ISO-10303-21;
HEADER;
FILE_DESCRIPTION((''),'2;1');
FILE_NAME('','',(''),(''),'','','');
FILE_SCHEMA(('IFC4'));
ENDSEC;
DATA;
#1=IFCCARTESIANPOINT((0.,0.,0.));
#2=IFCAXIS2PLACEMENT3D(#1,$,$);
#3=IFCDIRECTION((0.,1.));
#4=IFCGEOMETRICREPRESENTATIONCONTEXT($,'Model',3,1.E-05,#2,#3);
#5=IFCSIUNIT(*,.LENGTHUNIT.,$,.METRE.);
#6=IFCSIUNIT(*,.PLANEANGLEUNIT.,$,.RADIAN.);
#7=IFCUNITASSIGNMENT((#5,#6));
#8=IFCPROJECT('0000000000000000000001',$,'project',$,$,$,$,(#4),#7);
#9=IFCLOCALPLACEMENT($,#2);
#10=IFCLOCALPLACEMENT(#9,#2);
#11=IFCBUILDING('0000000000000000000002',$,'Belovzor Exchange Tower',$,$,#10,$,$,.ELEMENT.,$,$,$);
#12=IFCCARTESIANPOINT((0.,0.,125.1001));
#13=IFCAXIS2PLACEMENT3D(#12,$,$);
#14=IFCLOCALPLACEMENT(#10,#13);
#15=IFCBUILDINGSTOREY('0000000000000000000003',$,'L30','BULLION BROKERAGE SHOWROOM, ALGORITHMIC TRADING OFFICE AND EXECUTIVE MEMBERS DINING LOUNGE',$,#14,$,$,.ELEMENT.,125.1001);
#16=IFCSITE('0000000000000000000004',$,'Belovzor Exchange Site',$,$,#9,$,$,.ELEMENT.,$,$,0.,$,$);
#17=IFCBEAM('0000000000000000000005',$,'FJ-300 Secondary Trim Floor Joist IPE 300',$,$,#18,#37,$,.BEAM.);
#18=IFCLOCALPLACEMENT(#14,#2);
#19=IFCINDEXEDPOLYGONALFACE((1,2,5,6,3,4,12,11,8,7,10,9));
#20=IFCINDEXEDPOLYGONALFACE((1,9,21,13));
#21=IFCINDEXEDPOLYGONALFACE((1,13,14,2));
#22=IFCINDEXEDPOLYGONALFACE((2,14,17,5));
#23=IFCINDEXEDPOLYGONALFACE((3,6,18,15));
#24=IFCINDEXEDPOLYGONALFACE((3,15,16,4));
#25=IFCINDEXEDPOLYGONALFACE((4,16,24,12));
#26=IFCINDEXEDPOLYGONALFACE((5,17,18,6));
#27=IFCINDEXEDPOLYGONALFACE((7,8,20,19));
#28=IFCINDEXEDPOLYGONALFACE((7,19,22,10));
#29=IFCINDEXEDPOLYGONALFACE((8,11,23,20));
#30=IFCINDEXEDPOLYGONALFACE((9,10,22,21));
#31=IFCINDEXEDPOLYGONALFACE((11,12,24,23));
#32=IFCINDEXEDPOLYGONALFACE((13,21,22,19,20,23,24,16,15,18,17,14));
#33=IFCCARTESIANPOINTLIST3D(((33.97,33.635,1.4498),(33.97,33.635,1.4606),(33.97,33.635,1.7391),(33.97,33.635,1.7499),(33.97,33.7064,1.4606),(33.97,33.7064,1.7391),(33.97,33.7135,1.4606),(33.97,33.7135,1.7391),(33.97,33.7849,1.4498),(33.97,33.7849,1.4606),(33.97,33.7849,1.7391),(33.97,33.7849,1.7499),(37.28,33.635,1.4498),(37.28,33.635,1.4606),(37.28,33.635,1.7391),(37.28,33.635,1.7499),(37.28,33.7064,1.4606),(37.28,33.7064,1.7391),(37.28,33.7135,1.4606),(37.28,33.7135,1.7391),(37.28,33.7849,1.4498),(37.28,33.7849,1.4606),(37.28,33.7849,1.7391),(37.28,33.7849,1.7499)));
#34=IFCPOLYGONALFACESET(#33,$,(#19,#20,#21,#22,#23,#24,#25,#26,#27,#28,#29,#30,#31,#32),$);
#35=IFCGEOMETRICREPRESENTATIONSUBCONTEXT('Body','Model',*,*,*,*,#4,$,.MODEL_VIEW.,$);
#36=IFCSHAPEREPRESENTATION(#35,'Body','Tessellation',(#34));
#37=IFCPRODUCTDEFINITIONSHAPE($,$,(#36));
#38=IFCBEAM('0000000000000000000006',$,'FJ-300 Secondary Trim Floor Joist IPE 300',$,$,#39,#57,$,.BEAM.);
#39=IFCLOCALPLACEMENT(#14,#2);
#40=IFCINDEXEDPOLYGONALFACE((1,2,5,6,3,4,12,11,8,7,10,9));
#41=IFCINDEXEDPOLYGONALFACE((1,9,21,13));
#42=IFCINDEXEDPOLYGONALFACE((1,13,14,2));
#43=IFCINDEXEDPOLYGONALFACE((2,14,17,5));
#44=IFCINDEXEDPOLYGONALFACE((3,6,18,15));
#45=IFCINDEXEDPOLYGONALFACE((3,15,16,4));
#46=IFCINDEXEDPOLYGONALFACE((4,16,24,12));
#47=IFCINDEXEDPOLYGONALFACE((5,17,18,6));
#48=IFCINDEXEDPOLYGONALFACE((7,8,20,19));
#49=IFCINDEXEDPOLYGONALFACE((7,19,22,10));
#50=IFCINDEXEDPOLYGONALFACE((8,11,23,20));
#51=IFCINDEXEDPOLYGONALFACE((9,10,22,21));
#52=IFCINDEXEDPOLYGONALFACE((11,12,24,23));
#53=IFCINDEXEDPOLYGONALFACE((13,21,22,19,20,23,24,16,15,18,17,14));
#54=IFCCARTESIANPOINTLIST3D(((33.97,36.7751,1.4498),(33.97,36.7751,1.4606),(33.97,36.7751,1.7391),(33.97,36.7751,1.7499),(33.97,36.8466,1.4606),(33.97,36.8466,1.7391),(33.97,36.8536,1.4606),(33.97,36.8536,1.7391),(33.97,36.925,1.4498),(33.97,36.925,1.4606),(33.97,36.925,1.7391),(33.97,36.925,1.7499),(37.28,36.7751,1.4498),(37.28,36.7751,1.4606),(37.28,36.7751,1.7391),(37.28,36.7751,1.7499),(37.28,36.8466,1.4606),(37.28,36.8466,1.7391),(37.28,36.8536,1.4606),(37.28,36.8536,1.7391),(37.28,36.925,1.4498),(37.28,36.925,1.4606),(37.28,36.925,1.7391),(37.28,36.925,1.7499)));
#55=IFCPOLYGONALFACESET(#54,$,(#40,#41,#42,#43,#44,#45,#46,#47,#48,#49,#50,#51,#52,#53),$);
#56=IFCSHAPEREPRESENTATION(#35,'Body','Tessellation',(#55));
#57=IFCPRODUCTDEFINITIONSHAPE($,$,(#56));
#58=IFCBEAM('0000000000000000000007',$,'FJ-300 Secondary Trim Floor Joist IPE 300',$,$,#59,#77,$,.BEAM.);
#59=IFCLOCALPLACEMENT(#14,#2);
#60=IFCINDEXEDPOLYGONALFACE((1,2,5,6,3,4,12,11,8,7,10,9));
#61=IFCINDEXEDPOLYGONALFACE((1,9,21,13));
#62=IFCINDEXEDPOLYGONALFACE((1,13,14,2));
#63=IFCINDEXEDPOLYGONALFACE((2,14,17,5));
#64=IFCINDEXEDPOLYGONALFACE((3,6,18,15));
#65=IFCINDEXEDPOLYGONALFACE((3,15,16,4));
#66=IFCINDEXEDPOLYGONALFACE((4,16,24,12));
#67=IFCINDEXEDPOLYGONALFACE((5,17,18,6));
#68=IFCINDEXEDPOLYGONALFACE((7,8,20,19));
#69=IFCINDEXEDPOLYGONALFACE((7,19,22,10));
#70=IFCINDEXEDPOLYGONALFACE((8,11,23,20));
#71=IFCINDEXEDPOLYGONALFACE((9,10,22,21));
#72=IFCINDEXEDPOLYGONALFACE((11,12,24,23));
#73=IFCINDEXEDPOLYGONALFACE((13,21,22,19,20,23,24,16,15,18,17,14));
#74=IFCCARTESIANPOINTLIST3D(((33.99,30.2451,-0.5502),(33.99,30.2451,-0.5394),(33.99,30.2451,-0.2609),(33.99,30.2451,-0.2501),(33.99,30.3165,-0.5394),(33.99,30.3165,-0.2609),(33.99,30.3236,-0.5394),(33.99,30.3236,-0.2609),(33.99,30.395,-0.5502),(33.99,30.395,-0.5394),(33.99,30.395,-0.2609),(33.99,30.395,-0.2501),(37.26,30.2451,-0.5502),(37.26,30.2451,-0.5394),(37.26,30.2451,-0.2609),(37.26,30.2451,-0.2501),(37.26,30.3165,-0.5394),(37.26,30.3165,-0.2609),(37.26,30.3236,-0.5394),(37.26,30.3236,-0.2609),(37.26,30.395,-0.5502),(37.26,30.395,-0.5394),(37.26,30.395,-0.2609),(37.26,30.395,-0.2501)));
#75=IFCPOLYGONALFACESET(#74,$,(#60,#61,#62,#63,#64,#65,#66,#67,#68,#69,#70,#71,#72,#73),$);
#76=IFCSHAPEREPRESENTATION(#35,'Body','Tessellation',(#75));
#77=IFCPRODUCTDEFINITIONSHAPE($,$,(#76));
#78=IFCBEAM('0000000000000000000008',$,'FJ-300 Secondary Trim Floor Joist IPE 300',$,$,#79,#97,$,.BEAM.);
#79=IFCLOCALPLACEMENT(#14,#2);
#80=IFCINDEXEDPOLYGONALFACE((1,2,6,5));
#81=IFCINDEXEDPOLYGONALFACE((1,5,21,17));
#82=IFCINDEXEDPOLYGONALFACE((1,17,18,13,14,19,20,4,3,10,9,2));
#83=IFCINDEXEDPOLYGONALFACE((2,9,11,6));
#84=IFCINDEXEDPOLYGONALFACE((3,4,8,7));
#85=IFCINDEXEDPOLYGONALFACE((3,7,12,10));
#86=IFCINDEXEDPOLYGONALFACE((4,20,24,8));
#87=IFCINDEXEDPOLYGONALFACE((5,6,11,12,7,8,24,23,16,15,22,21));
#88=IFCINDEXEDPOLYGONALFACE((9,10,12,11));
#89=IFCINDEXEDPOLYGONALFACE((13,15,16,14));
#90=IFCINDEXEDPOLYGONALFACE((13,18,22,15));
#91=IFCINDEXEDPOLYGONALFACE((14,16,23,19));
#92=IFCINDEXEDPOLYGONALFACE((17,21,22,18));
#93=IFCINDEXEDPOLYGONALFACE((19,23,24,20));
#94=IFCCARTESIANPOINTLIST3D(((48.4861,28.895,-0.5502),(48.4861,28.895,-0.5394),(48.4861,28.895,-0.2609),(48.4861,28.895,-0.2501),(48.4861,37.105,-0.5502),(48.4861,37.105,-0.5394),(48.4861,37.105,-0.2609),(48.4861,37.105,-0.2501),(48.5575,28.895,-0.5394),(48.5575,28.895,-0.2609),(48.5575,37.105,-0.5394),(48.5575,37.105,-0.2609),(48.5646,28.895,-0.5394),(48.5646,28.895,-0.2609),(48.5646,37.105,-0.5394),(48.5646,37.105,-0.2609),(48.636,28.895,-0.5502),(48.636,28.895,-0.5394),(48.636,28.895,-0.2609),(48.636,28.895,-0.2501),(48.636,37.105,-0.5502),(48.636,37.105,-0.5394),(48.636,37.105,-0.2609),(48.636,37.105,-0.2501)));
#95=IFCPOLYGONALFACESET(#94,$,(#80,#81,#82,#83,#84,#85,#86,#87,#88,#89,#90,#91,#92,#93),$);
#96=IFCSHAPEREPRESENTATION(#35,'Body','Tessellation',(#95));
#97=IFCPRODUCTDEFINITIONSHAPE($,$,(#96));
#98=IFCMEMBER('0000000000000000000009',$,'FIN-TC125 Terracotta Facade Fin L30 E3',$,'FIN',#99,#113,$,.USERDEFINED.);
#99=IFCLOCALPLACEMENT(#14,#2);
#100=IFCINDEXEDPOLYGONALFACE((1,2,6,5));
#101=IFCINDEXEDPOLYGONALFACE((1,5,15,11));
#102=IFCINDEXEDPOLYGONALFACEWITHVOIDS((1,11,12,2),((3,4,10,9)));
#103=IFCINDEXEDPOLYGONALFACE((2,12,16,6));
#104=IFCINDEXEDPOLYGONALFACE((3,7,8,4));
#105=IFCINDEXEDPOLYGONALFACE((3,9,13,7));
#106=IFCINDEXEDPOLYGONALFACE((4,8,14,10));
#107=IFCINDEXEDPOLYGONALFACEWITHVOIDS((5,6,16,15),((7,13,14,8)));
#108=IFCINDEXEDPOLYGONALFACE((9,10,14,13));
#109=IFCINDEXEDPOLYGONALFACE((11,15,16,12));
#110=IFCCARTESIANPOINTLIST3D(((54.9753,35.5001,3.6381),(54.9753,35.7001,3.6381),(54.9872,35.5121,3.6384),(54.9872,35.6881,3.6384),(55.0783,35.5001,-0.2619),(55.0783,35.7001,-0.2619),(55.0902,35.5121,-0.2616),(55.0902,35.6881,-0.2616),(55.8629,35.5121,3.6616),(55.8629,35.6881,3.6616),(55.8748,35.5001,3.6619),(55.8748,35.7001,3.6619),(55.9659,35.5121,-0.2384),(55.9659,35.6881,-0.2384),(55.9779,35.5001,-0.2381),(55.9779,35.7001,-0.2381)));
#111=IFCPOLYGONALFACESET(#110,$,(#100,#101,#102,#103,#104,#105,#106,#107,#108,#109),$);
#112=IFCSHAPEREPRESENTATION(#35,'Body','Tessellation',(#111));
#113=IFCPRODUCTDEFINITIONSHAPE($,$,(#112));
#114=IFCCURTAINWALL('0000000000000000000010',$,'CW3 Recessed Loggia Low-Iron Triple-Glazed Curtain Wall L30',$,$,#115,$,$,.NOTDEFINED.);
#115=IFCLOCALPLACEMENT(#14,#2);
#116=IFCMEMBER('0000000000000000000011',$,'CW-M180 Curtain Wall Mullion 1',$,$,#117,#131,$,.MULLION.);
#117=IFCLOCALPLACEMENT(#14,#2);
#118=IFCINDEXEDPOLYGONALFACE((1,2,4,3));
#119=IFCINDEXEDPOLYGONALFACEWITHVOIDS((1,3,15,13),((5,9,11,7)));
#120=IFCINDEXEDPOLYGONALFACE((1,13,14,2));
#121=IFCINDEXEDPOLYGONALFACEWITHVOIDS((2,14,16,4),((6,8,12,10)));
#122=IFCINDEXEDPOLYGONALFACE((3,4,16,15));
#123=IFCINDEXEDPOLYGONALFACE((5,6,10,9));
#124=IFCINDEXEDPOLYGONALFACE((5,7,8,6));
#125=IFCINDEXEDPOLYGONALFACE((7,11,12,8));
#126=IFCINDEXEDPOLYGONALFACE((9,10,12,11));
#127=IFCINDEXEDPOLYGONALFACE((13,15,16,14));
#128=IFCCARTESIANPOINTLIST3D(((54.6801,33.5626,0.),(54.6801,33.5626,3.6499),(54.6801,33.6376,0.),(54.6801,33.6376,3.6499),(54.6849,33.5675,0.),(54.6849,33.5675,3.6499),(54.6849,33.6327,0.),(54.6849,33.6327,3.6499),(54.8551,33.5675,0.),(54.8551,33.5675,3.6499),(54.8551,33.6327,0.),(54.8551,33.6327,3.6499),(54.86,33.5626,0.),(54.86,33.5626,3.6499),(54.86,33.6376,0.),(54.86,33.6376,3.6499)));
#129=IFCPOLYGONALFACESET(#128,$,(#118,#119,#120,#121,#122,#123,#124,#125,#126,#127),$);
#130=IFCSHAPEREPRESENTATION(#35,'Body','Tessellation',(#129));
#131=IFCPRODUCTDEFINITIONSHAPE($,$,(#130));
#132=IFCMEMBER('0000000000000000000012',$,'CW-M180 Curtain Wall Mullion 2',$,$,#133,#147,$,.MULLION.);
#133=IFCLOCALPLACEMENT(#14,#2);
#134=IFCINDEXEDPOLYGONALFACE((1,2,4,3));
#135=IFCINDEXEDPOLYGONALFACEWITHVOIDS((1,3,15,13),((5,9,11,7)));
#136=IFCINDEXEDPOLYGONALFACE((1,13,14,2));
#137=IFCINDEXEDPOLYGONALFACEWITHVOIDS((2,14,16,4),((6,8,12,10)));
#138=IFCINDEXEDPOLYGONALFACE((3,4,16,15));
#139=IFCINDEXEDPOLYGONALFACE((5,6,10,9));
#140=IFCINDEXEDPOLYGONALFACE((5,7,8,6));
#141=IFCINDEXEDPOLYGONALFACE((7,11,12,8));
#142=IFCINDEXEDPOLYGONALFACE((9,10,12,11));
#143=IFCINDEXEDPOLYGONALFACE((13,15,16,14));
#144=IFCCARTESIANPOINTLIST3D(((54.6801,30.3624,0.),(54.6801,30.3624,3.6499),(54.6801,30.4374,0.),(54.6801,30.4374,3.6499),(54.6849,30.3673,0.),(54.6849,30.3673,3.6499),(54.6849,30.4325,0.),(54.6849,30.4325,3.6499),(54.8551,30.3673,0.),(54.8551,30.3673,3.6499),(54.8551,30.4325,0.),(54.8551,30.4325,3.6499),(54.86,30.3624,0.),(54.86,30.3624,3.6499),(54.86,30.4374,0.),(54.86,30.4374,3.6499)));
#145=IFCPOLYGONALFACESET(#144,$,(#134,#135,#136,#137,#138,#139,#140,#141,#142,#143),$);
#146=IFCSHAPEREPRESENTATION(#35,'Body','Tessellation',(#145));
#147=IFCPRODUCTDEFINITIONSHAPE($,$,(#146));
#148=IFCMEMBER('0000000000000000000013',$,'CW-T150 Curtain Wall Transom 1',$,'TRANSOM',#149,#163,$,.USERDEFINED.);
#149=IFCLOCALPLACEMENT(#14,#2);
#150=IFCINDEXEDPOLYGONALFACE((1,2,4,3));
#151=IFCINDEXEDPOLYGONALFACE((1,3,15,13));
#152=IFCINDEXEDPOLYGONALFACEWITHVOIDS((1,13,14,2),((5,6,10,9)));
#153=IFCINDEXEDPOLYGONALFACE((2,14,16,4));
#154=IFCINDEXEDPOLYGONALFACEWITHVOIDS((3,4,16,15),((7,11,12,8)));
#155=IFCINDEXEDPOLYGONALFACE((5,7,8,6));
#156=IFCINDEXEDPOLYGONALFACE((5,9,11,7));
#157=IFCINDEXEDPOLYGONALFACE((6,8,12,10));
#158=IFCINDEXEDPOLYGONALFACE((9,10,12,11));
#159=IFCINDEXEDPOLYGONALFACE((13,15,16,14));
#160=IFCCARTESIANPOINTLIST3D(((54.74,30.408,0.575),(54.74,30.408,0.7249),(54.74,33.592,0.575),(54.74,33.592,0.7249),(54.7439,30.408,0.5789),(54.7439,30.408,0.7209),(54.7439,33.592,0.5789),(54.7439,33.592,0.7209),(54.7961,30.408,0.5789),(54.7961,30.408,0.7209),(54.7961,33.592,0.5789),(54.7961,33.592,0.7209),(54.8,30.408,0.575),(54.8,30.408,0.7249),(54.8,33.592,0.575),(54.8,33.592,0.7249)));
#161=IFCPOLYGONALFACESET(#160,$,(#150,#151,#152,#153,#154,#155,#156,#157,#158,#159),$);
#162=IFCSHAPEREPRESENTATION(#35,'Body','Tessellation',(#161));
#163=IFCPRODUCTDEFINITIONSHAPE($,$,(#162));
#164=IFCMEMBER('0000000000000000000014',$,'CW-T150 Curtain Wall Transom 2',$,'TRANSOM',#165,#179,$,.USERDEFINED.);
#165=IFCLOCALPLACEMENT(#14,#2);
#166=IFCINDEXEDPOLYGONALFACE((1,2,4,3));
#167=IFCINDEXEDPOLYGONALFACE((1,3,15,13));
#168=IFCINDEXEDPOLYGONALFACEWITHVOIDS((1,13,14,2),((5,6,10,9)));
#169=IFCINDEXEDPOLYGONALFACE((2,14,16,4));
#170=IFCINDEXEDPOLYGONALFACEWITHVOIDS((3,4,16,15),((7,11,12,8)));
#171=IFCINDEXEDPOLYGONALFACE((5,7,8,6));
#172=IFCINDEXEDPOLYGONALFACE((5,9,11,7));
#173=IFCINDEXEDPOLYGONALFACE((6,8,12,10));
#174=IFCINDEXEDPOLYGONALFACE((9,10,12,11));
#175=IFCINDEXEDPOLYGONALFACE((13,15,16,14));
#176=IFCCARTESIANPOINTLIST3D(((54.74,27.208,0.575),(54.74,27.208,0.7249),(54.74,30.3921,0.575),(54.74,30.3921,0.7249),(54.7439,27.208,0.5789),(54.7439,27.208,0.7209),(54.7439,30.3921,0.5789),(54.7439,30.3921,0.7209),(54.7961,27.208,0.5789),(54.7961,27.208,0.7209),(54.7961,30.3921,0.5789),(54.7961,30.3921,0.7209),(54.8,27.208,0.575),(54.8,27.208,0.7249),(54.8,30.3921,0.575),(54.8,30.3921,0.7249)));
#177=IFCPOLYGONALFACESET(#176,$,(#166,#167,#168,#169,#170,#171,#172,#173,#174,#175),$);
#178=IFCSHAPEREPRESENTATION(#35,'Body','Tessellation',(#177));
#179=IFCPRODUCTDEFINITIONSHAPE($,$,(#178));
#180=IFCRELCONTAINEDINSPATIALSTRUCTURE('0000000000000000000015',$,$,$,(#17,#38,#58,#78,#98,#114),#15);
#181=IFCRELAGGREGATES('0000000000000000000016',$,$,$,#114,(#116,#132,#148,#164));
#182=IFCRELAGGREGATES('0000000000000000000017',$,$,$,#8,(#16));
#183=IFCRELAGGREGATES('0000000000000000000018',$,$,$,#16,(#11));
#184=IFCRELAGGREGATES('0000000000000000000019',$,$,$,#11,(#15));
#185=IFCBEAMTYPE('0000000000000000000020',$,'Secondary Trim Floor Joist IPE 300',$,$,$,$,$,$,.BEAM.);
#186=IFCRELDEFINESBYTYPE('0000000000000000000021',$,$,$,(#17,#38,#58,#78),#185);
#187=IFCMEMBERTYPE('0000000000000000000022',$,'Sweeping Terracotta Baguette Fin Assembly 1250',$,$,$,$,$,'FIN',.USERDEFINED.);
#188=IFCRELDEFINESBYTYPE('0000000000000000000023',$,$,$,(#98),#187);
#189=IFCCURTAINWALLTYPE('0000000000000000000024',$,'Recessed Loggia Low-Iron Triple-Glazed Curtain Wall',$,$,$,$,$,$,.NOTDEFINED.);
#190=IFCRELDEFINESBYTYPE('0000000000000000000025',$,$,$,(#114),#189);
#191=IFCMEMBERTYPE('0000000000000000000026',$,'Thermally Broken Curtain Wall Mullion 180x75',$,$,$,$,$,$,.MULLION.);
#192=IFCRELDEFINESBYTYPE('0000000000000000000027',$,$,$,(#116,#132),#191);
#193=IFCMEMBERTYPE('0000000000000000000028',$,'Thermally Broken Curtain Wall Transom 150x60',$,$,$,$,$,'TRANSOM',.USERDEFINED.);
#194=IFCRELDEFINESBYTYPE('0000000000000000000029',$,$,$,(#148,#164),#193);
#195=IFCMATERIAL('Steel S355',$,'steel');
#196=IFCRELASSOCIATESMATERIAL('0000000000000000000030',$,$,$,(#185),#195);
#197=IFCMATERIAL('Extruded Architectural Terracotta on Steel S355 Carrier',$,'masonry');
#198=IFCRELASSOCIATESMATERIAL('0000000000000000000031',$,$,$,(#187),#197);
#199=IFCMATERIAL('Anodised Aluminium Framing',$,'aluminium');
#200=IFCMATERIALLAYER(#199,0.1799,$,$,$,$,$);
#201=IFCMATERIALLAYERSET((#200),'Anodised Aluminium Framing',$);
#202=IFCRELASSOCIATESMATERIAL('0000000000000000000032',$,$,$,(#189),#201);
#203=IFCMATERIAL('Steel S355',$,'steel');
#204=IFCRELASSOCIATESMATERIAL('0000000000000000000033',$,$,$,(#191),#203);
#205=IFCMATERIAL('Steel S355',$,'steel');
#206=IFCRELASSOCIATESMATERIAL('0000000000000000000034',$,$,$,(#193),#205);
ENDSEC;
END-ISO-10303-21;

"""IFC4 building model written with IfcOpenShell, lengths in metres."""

from ifc_helpers import new_model, si_unit, direction, frame, origin, origin_2d, place, context, subcontext, project, spatial, hollow_rectangle, i_section, extrude, material, layer, layer_set, material_profile, profile_set, type_object, element, aggregate, save


model = new_model("IFC4")

# Units and contexts
model_context = context("Model", 3, precision=1e-05, world=origin(), true_north=direction((0.0, 1.0)))
body_context = subcontext(model_context, "Body", "Model", "MODEL_VIEW")
ifc_project = project(units=[si_unit("LENGTHUNIT", "METRE"), si_unit("PLANEANGLEUNIT", "RADIAN")], contexts=[model_context])

# Site, building, storey
site_placement = place(None, origin())
site = spatial("IfcSite", under=ifc_project, at=site_placement, Name="Belovzor Exchange Site", CompositionType="ELEMENT", RefElevation=0.0)
building_placement = place(site_placement, origin())
building = spatial("IfcBuilding", under=site, at=building_placement, Name="Belovzor Exchange Tower", CompositionType="ELEMENT")
storey_placement = place(building_placement, frame((0.0, 0.0, 125.1001)))
storey = spatial("IfcBuildingStorey", under=building, at=storey_placement, Name="L30", Description="BULLION BROKERAGE SHOWROOM, ALGORITHMIC TRADING OFFICE AND EXECUTIVE MEMBERS DINING LOUNGE", CompositionType="ELEMENT", Elevation=125.1001)

# Beams
ifc_material_1 = material(Name="Steel S355", Category="steel")
ifc_material_profile_1 = material_profile(ifc_material_1, i_section(OverallWidth=0.1499, OverallDepth=0.3, WebThickness=0.0071, FlangeThickness=0.0107, at=origin_2d()))
ifc_profile_set_1 = profile_set([ifc_material_profile_1], Name="Steel S355")
beam_type_1 = type_object("IfcBeamType", Name="Secondary Trim Floor Joist IPE 300", PredefinedType="BEAM", material=ifc_profile_set_1)
for number, where, z_axis, x_axis, name in (
    (1, (37.28, 33.71, 1.5999), (-1.0, 0.0, 0.0), (0.0, -1.0, 0.0), "FJ-300 Secondary Trim Floor Joist IPE 300"),
    (2, (37.28, 36.8501, 1.5999), (-1.0, 0.0, 0.0), (0.0, -1.0, 0.0), "FJ-300 Secondary Trim Floor Joist IPE 300"),
):
    element("IfcBeam", number, at=place(storey_placement, frame(where, z_axis=z_axis, x_axis=x_axis)), inside=storey, type_object=beam_type_1, Name=name, PredefinedType="BEAM", context=body_context, shape_type="SweptSolid", body=[
        extrude(i_section(OverallWidth=0.1499, OverallDepth=0.3, WebThickness=0.0071, FlangeThickness=0.0107, at=origin_2d()), origin(), (0.0, 0.0, 1.0), 3.3101),
    ])
beam_1_placement = place(storey_placement, frame((37.26, 30.3201, -0.4001), z_axis=(-1.0, 0.0, 0.0), x_axis=(0.0, -1.0, 0.0)))
element("IfcBeam", 3, at=beam_1_placement, inside=storey, type_object=beam_type_1, Name="FJ-300 Secondary Trim Floor Joist IPE 300", PredefinedType="BEAM", context=body_context, shape_type="SweptSolid", body=[
    extrude(i_section(OverallWidth=0.1499, OverallDepth=0.3, WebThickness=0.0071, FlangeThickness=0.0107, at=origin_2d()), origin(), (0.0, 0.0, 1.0), 3.27),
])
beam_2_placement = place(storey_placement, frame((48.561, 28.895, -0.4001), z_axis=(0.0, 1.0, 0.0), x_axis=(-1.0, 0.0, 0.0)))
element("IfcBeam", 4, at=beam_2_placement, inside=storey, type_object=beam_type_1, Name="FJ-300 Secondary Trim Floor Joist IPE 300", PredefinedType="BEAM", context=body_context, shape_type="SweptSolid", body=[
    extrude(i_section(OverallWidth=0.1499, OverallDepth=0.3, WebThickness=0.0071, FlangeThickness=0.0107, at=origin_2d()), origin(), (0.0, 0.0, 1.0), 8.21),
])

# Member
ifc_material_2 = material(Name="Extruded Architectural Terracotta on Steel S355 Carrier", Category="masonry")
ifc_material_profile_2 = material_profile(ifc_material_2, hollow_rectangle(XDim=0.2, YDim=0.8999, WallThickness=0.012, at=origin_2d()))
ifc_profile_set_2 = profile_set([ifc_material_profile_2], Name="Extruded Architectural Terracotta on Steel S355 Carrier")
member_type_1 = type_object("IfcMemberType", Name="Sweeping Terracotta Baguette Fin Assembly 1250", ElementType="FIN", PredefinedType="USERDEFINED", material=ifc_profile_set_2)
member_1_placement = place(storey_placement, frame((55.5281, 35.6001, -0.25), z_axis=(-0.026409, 0.0, 0.999651), x_axis=(0.0, -1.0, 0.0)))
element("IfcMember", 5, at=member_1_placement, inside=storey, type_object=member_type_1, Name="FIN-TC125 Terracotta Facade Fin L30 E3", ObjectType="FIN", PredefinedType="USERDEFINED", context=body_context, shape_type="SweptSolid", body=[
    extrude(hollow_rectangle(XDim=0.2, YDim=0.8999, WallThickness=0.012, at=origin_2d()), origin(), (0.0, 0.0, 1.0), 3.9014),
])

# Curtain wall, members
ifc_material_3 = material(Name="Anodised Aluminium Framing", Category="aluminium")
ifc_layer_1 = layer(ifc_material_3, 0.1799)
ifc_layer_set_1 = layer_set([ifc_layer_1], Name="Anodised Aluminium Framing")
curtain_wall_type = type_object("IfcCurtainWallType", Name="Recessed Loggia Low-Iron Triple-Glazed Curtain Wall", PredefinedType="NOTDEFINED", material=ifc_layer_set_1)
curtain_wall_placement = place(storey_placement, origin())
curtain_wall = element("IfcCurtainWall", 6, at=curtain_wall_placement, inside=storey, type_object=curtain_wall_type, Name="CW3 Recessed Loggia Low-Iron Triple-Glazed Curtain Wall L30", PredefinedType="NOTDEFINED")
ifc_material_4 = material(Name="Steel S355", Category="steel")
ifc_material_profile_3 = material_profile(ifc_material_4, hollow_rectangle(XDim=0.075, YDim=0.1799, WallThickness=0.0049, at=origin_2d()))
ifc_profile_set_3 = profile_set([ifc_material_profile_3], Name="Steel S355")
member_type_2 = type_object("IfcMemberType", Name="Thermally Broken Curtain Wall Mullion 180x75", PredefinedType="MULLION", material=ifc_profile_set_3)
member_2_placement = place(storey_placement, frame((54.77, 33.6001, 0.0), z_axis=(0.0, 0.0, 1.0), x_axis=(0.0, -1.0, 0.0)))
member_2 = element("IfcMember", 7, at=member_2_placement, type_object=member_type_2, Name="CW-M180 Curtain Wall Mullion 1", PredefinedType="MULLION", context=body_context, shape_type="SweptSolid", body=[
    extrude(hollow_rectangle(XDim=0.075, YDim=0.1799, WallThickness=0.0049, at=origin_2d()), origin(), (0.0, 0.0, 1.0), 3.6499),
])
member_3_placement = place(storey_placement, frame((54.77, 30.3999, 0.0), z_axis=(0.0, 0.0, 1.0), x_axis=(0.0, -1.0, 0.0)))
member_3 = element("IfcMember", 8, at=member_3_placement, type_object=member_type_2, Name="CW-M180 Curtain Wall Mullion 2", PredefinedType="MULLION", context=body_context, shape_type="SweptSolid", body=[
    extrude(hollow_rectangle(XDim=0.075, YDim=0.1799, WallThickness=0.0049, at=origin_2d()), origin(), (0.0, 0.0, 1.0), 3.6499),
])
ifc_material_5 = material(Name="Steel S355", Category="steel")
ifc_material_profile_4 = material_profile(ifc_material_5, hollow_rectangle(XDim=0.0601, YDim=0.1499, WallThickness=0.0039, at=origin_2d()))
ifc_profile_set_4 = profile_set([ifc_material_profile_4], Name="Steel S355")
member_type_3 = type_object("IfcMemberType", Name="Thermally Broken Curtain Wall Transom 150x60", ElementType="TRANSOM", PredefinedType="USERDEFINED", material=ifc_profile_set_4)
member_4_placement = place(storey_placement, frame((54.77, 33.592, 0.6499), z_axis=(0.0, -1.0, 0.0), x_axis=(1.0, 0.0, 0.0)))
member_4 = element("IfcMember", 9, at=member_4_placement, type_object=member_type_3, Name="CW-T150 Curtain Wall Transom 1", ObjectType="TRANSOM", PredefinedType="USERDEFINED", context=body_context, shape_type="SweptSolid", body=[
    extrude(hollow_rectangle(XDim=0.0601, YDim=0.1499, WallThickness=0.0039, at=origin_2d()), origin(), (0.0, 0.0, 1.0), 3.1841),
])
member_5_placement = place(storey_placement, frame((54.77, 30.3921, 0.6499), z_axis=(0.0, -1.0, 0.0), x_axis=(1.0, 0.0, 0.0)))
member_5 = element("IfcMember", 10, at=member_5_placement, type_object=member_type_3, Name="CW-T150 Curtain Wall Transom 2", ObjectType="TRANSOM", PredefinedType="USERDEFINED", context=body_context, shape_type="SweptSolid", body=[
    extrude(hollow_rectangle(XDim=0.0601, YDim=0.1499, WallThickness=0.0039, at=origin_2d()), origin(), (0.0, 0.0, 1.0), 3.1841),
])

aggregate(curtain_wall, [member_2, member_3, member_4, member_5])

save(model, "model.ifc")
